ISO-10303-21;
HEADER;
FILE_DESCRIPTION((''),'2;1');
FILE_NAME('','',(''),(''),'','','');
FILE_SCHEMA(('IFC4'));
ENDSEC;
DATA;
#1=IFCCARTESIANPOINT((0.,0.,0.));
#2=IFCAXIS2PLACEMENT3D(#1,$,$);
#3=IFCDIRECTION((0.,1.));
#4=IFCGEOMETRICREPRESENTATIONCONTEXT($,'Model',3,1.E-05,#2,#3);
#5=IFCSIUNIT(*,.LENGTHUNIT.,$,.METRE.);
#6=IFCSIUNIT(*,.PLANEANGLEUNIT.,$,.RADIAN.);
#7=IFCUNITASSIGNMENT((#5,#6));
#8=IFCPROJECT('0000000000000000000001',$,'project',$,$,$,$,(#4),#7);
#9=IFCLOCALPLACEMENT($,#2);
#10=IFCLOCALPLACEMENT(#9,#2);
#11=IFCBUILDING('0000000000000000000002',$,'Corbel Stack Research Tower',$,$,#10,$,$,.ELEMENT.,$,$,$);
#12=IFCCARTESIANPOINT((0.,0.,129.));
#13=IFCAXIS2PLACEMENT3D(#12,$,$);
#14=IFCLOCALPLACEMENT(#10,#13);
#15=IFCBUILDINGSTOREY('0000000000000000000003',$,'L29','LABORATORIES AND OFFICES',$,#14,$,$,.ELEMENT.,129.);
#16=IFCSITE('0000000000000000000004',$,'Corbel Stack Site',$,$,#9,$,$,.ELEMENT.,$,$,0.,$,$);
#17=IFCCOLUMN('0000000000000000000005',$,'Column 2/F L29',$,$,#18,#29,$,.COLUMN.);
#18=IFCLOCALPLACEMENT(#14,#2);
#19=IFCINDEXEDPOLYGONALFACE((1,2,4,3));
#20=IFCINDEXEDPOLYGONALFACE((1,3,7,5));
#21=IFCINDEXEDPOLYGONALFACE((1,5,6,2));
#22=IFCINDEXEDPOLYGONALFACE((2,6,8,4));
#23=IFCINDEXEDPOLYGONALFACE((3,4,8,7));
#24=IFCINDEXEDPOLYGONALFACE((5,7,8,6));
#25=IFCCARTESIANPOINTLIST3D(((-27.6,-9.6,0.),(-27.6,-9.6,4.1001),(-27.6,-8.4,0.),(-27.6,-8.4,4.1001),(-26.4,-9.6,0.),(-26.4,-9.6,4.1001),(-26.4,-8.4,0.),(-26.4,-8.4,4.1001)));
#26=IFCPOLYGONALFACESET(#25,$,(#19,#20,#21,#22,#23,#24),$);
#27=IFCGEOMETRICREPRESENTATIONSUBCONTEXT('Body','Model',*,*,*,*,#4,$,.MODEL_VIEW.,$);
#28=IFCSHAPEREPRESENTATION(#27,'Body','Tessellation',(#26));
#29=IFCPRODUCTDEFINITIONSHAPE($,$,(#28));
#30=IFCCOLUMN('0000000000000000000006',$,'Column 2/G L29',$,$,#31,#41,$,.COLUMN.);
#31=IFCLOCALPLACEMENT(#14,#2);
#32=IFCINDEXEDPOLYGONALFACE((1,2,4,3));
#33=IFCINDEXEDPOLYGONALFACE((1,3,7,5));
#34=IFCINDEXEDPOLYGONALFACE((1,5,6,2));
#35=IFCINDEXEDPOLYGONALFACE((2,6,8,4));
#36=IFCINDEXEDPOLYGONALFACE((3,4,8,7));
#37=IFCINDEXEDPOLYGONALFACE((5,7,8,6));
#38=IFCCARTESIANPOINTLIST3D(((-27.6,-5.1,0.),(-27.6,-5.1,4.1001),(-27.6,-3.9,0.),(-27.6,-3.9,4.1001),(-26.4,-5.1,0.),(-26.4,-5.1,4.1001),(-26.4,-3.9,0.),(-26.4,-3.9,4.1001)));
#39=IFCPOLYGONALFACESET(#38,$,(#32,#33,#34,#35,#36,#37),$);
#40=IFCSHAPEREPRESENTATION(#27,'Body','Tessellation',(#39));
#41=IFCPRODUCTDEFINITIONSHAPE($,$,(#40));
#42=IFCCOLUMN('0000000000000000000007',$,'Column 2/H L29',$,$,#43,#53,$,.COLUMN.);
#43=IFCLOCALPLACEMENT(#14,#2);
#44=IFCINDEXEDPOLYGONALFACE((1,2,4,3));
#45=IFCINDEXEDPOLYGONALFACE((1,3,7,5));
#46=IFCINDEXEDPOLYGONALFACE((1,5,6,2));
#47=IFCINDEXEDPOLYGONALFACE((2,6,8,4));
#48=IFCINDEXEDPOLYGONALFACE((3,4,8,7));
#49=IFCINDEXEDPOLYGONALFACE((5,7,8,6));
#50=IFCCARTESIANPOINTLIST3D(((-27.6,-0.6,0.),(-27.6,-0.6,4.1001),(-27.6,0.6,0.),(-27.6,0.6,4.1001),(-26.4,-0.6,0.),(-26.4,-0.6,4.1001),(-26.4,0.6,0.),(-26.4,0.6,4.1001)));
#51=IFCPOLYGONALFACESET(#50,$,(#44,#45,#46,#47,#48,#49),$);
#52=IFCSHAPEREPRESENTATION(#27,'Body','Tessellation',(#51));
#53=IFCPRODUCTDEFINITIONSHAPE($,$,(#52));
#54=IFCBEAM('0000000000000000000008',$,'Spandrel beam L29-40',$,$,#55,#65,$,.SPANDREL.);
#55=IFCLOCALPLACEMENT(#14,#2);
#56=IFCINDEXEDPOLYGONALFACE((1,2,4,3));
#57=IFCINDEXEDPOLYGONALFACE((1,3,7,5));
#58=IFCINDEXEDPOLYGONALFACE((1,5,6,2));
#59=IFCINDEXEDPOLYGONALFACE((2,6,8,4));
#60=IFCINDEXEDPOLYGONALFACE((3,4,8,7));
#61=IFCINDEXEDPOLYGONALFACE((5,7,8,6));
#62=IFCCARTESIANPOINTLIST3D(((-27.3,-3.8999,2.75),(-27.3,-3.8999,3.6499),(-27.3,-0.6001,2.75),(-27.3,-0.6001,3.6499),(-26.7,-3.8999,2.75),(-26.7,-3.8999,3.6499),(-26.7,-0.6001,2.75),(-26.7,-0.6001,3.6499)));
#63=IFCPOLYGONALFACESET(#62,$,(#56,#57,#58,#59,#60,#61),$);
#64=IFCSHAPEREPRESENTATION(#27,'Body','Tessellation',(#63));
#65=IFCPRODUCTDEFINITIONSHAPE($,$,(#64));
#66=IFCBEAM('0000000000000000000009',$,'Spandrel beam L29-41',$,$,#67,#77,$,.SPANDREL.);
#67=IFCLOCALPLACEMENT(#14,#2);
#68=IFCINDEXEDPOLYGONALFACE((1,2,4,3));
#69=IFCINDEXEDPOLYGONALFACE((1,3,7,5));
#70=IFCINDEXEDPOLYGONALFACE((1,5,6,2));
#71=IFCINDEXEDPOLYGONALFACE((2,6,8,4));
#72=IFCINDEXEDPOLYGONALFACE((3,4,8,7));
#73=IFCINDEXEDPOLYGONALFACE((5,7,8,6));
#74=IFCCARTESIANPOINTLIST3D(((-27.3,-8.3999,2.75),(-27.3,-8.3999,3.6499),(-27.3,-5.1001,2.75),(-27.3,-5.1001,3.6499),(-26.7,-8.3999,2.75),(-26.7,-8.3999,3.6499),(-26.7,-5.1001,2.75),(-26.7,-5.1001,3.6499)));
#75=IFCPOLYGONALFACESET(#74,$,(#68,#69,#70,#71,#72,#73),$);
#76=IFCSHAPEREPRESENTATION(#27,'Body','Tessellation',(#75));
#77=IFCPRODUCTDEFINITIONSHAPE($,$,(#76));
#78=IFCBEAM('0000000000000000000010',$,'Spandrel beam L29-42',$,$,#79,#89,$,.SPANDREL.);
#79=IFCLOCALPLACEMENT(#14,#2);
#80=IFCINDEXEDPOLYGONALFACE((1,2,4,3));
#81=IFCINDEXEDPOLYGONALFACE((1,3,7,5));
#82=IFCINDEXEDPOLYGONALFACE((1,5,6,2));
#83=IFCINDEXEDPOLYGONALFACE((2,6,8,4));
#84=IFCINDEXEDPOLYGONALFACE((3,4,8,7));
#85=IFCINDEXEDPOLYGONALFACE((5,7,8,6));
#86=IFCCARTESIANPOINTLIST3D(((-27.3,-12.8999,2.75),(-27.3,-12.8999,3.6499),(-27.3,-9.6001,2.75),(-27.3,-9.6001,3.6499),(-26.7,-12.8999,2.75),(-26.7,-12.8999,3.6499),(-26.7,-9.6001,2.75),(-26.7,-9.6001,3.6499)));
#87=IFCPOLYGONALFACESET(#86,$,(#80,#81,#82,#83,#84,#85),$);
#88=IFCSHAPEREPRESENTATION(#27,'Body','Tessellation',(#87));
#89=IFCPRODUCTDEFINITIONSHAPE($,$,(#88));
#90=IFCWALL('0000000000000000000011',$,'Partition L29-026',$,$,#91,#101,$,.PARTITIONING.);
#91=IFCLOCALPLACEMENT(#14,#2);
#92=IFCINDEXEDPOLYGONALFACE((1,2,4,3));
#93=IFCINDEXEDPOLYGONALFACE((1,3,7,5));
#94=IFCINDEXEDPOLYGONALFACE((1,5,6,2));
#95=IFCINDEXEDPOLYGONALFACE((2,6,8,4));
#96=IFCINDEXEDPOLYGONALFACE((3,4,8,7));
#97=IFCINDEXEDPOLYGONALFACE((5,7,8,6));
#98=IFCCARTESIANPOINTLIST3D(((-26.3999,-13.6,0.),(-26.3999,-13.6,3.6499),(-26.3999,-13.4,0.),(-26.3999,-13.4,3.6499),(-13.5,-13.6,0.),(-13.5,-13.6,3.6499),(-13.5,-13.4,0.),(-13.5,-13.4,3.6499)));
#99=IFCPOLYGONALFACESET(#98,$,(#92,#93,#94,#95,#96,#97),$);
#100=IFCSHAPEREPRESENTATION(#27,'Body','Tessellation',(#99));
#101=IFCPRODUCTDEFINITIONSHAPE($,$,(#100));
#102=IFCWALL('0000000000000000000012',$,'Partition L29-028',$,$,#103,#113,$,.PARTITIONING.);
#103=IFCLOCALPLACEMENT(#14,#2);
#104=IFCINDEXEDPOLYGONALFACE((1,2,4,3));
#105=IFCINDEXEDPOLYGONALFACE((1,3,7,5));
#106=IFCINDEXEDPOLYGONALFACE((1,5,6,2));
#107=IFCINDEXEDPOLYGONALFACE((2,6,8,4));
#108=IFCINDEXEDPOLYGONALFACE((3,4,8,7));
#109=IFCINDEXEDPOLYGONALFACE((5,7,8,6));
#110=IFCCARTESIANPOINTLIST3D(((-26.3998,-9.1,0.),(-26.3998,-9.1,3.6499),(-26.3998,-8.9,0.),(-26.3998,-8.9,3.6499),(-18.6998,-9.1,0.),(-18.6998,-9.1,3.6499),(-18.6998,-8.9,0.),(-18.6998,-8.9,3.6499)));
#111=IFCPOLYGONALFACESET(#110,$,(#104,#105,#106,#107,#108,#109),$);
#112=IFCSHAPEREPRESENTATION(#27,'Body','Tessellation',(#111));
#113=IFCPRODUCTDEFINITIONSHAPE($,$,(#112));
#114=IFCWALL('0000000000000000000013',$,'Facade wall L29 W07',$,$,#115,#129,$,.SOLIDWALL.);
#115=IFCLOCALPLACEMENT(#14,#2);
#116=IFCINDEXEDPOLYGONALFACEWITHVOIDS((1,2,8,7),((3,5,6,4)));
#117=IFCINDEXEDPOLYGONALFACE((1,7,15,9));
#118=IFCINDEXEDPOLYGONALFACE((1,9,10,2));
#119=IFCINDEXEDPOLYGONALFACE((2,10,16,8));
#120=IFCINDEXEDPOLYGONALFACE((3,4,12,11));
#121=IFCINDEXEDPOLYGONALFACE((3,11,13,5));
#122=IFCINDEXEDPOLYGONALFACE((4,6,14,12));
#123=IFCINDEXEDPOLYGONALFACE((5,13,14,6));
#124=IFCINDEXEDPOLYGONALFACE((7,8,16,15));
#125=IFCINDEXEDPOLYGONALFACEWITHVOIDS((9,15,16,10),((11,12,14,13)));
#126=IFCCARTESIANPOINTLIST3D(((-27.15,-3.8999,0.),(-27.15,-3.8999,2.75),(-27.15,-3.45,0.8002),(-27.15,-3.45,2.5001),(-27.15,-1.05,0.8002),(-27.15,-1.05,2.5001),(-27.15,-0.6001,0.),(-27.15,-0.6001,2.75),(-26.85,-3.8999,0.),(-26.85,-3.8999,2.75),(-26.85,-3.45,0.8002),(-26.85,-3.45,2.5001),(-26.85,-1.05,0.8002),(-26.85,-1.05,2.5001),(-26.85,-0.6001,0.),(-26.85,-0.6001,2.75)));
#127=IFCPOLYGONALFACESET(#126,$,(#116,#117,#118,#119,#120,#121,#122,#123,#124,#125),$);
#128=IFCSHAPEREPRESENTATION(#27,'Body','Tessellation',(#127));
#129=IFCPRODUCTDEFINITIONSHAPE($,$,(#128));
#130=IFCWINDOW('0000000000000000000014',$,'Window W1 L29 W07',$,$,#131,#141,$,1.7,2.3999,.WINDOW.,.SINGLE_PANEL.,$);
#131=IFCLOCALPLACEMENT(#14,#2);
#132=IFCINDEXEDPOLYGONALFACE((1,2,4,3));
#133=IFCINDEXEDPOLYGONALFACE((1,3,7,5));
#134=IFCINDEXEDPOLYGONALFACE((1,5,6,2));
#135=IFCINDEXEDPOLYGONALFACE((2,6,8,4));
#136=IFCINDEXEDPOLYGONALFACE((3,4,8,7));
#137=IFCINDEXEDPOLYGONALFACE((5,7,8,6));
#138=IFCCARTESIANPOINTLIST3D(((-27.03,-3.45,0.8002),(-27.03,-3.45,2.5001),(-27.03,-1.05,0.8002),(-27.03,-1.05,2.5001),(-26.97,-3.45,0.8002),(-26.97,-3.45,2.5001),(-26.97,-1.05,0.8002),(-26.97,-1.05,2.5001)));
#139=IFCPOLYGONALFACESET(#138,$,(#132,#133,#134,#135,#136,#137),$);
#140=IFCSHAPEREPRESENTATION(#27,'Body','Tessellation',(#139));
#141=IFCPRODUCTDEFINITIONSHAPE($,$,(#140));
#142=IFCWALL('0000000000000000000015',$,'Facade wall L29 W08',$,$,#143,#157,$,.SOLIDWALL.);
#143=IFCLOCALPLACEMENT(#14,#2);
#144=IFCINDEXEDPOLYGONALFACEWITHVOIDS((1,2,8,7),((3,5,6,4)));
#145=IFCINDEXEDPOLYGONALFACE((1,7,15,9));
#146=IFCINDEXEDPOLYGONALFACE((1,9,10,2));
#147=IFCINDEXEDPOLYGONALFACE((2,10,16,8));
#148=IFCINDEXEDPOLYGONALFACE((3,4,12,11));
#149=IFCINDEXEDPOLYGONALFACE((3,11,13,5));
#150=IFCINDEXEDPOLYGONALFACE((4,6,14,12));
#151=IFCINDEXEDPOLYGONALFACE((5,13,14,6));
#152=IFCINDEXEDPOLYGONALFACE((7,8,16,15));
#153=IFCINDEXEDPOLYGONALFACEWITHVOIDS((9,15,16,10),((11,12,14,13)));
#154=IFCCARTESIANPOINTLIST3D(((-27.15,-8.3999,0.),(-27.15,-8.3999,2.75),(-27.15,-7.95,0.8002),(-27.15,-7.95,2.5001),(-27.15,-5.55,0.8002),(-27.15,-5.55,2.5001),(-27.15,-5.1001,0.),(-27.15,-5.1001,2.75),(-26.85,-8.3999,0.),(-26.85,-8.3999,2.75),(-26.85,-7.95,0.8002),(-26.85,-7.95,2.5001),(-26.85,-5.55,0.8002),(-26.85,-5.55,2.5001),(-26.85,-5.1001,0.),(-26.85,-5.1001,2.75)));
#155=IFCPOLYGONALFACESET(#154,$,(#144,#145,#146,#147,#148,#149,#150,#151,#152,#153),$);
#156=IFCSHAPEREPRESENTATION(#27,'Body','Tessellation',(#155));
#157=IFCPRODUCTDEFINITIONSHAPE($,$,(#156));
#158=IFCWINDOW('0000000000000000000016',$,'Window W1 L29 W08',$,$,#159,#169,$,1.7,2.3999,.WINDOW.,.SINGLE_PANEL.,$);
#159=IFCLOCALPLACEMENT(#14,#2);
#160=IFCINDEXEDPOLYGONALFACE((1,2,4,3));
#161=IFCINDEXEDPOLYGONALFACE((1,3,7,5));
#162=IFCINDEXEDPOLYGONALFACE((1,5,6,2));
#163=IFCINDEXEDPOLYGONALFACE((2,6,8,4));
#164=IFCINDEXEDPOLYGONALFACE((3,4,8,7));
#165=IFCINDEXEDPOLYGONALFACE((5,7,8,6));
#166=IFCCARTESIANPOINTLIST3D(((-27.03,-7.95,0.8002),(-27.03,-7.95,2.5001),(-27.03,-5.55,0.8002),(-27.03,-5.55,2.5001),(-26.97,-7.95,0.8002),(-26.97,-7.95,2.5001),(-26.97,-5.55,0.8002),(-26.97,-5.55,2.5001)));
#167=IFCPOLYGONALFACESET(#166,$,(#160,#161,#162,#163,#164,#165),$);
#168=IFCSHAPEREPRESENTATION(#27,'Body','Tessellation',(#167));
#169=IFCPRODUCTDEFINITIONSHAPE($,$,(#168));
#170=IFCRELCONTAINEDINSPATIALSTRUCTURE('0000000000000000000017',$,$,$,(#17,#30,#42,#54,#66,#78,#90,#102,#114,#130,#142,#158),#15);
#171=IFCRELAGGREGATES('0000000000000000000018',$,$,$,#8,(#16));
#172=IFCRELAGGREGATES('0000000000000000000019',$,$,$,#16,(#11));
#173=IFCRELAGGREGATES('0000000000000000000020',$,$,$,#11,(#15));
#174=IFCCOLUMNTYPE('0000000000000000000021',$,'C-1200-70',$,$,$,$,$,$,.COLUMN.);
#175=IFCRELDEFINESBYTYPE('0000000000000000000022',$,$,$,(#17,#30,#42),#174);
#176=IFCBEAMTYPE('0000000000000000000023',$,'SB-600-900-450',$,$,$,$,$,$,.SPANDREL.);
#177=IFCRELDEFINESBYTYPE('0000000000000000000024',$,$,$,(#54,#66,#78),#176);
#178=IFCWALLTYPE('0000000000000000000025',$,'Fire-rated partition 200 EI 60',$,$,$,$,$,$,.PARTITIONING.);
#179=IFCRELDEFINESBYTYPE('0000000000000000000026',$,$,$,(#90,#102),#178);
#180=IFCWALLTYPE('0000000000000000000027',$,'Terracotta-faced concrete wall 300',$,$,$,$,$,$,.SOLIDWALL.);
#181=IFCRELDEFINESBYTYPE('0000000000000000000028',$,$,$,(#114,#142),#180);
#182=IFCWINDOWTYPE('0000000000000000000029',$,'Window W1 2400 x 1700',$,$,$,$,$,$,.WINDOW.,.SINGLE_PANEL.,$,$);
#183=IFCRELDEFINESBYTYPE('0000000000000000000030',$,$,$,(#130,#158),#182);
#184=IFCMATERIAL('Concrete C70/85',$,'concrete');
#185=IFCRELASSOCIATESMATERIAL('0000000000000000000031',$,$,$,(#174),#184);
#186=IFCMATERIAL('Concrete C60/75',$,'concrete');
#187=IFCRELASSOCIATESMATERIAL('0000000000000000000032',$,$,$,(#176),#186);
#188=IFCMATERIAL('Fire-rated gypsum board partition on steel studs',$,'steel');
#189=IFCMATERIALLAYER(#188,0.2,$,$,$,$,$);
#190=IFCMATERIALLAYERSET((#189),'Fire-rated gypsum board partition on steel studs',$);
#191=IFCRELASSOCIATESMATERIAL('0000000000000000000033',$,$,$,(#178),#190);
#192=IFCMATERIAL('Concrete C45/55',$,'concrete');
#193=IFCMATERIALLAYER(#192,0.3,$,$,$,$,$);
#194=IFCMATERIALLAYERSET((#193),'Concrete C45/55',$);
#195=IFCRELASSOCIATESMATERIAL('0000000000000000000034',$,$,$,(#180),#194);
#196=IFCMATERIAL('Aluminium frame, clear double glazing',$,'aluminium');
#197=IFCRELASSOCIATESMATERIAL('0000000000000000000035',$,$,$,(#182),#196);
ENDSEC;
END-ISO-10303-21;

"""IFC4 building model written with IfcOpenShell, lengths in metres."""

from ifc_helpers import new_model, si_unit, direction, frame, frame_2d, origin, origin_2d, place, context, subcontext, project, spatial, rectangle, extrude, material, layer, layer_set, material_profile, profile_set, type_object, element, fill, save


model = new_model("IFC4")

# Units and contexts
model_context = context("Model", 3, precision=1e-05, world=origin(), true_north=direction((0.0, 1.0)))
body_context = subcontext(model_context, "Body", "Model", "MODEL_VIEW")
ifc_project = project(units=[si_unit("LENGTHUNIT", "METRE"), si_unit("PLANEANGLEUNIT", "RADIAN")], contexts=[model_context])

# Site, building, storey
site_placement = place(None, origin())
site = spatial("IfcSite", under=ifc_project, at=site_placement, Name="Corbel Stack Site", CompositionType="ELEMENT", RefElevation=0.0)
building_placement = place(site_placement, origin())
building = spatial("IfcBuilding", under=site, at=building_placement, Name="Corbel Stack Research Tower", CompositionType="ELEMENT")
storey_placement = place(building_placement, frame((0.0, 0.0, 129.0)))
storey = spatial("IfcBuildingStorey", under=building, at=storey_placement, Name="L29", Description="LABORATORIES AND OFFICES", CompositionType="ELEMENT", Elevation=129.0)

# Columns
ifc_material_1 = material(Name="Concrete C70/85", Category="concrete")
ifc_material_profile_1 = material_profile(ifc_material_1, rectangle(XDim=1.2, YDim=1.2, at=origin_2d()), Name="RC 1200 x 1200")
ifc_profile_set_1 = profile_set([ifc_material_profile_1], Name="Concrete C70/85")
column_type = type_object("IfcColumnType", Name="C-1200-70", PredefinedType="COLUMN", material=ifc_profile_set_1)
for number, where, z_axis, x_axis, name in (
    (1, (-27.0, -9.0, 0.0), (0.0, 0.0, 1.0), (1.0, 0.0, 0.0), "Column 2/F L29"),
    (2, (-27.0, -4.5, 0.0), (0.0, 0.0, 1.0), (1.0, 0.0, 0.0), "Column 2/G L29"),
    (3, (-27.0, 0.0, 0.0), (0.0, 0.0, 1.0), (1.0, 0.0, 0.0), "Column 2/H L29"),
):
    element("IfcColumn", number, at=place(storey_placement, frame(where, z_axis=z_axis, x_axis=x_axis)), inside=storey, type_object=column_type, Name=name, PredefinedType="COLUMN", context=body_context, shape_type="SweptSolid", body=[
        extrude(rectangle(XDim=1.2, YDim=1.2, at=origin_2d()), origin(), (0.0, 0.0, 1.0), 4.1001),
    ])

# Beams
ifc_material_2 = material(Name="Concrete C60/75", Category="concrete")
ifc_material_profile_2 = material_profile(ifc_material_2, rectangle(XDim=0.6001, YDim=0.8999, at=origin_2d()), Name="RC 600 x 900")
ifc_profile_set_2 = profile_set([ifc_material_profile_2], Name="Concrete C60/75")
beam_type = type_object("IfcBeamType", Name="SB-600-900-450", PredefinedType="SPANDREL", material=ifc_profile_set_2)
for number, where, z_axis, x_axis, name in (
    (4, (-27.0, -0.6001, 3.2), (0.0, -1.0, 0.0), (1.0, 0.0, 0.0), "Spandrel beam L29-40"),
    (5, (-27.0, -5.1001, 3.2), (0.0, -1.0, 0.0), (1.0, 0.0, 0.0), "Spandrel beam L29-41"),
    (6, (-27.0, -9.6001, 3.2), (0.0, -1.0, 0.0), (1.0, 0.0, 0.0), "Spandrel beam L29-42"),
):
    element("IfcBeam", number, at=place(storey_placement, frame(where, z_axis=z_axis, x_axis=x_axis)), inside=storey, type_object=beam_type, Name=name, PredefinedType="SPANDREL", context=body_context, shape_type="SweptSolid", body=[
        extrude(rectangle(XDim=0.6001, YDim=0.8999, at=origin_2d()), origin(), (0.0, 0.0, 1.0), 3.2998),
    ])

# Walls
ifc_material_3 = material(Name="Fire-rated gypsum board partition on steel studs", Category="steel")
ifc_layer_1 = layer(ifc_material_3, 0.2)
ifc_layer_set_1 = layer_set([ifc_layer_1], Name="Fire-rated gypsum board partition on steel studs")
wall_type_1 = type_object("IfcWallType", Name="Fire-rated partition 200 EI 60", PredefinedType="PARTITIONING", material=ifc_layer_set_1)
wall_1_placement = place(storey_placement, frame((-26.3999, -13.5, 0.0), z_axis=(0.0, 0.0, 1.0), x_axis=(1.0, 0.0, 0.0)))
element("IfcWall", 7, at=wall_1_placement, inside=storey, type_object=wall_type_1, Name="Partition L29-026", PredefinedType="PARTITIONING", context=body_context, shape_type="SweptSolid", body=[
    extrude(rectangle(XDim=12.8999, YDim=0.2, at=frame_2d((6.45, 0.0))), origin(), (0.0, 0.0, 1.0), 3.6499),
])
wall_2_placement = place(storey_placement, frame((-26.3999, -9.0, 0.0), z_axis=(0.0, 0.0, 1.0), x_axis=(1.0, 0.0, 0.0)))
element("IfcWall", 8, at=wall_2_placement, inside=storey, type_object=wall_type_1, Name="Partition L29-028", PredefinedType="PARTITIONING", context=body_context, shape_type="SweptSolid", body=[
    extrude(rectangle(XDim=7.7, YDim=0.2, at=frame_2d((3.8501, 0.0))), origin(), (0.0, 0.0, 1.0), 3.6499),
])

# Walls, openings, windows
ifc_material_4 = material(Name="Concrete C45/55", Category="concrete")
ifc_layer_2 = layer(ifc_material_4, 0.3)
ifc_layer_set_2 = layer_set([ifc_layer_2], Name="Concrete C45/55")
wall_type_2 = type_object("IfcWallType", Name="Terracotta-faced concrete wall 300", PredefinedType="SOLIDWALL", material=ifc_layer_set_2)
wall_3_placement = place(storey_placement, frame((-27.0, -3.8999, 0.0), z_axis=(0.0, 0.0, 1.0), x_axis=(0.0, 1.0, 0.0)))
wall_3 = element("IfcWall", 9, at=wall_3_placement, inside=storey, type_object=wall_type_2, Name="Facade wall L29 W07", PredefinedType="SOLIDWALL", context=body_context, shape_type="SweptSolid", body=[
    extrude(rectangle(XDim=3.2998, YDim=0.3, at=frame_2d((1.6499, 0.0))), origin(), (0.0, 0.0, 1.0), 2.75),
])
opening_1_placement = place(wall_3_placement, frame((0.45, 0.0, 0.8)))
opening_1 = element("IfcOpeningElement", 10, at=opening_1_placement, cuts=wall_3, PredefinedType="OPENING", context=body_context, shape_type="SweptSolid", body=[
    extrude(rectangle(XDim=2.3999, YDim=1.7, at=frame_2d((1.2, 0.8501))), frame((0.0, 0.1599, 0.0), z_axis=(0.0, -1.0, 0.0), x_axis=(1.0, 0.0, 0.0)), (0.0, 0.0, 1.0), 0.3201),
])
ifc_material_5 = material(Name="Aluminium frame, clear double glazing", Category="aluminium")
window_type = type_object("IfcWindowType", Name="Window W1 2400 x 1700", PartitioningType="SINGLE_PANEL", PredefinedType="WINDOW", material=ifc_material_5)
window_1_placement = place(opening_1_placement, origin())
window_1 = element("IfcWindow", 11, at=window_1_placement, inside=storey, type_object=window_type, Name="Window W1 L29 W07", OverallHeight=1.7, OverallWidth=2.3999, PartitioningType="SINGLE_PANEL", PredefinedType="WINDOW", context=body_context, shape_type="SweptSolid", body=[
    extrude(rectangle(XDim=2.3999, YDim=1.7, at=frame_2d((1.2, 0.8501))), frame((0.0, 0.03, 0.0), z_axis=(0.0, -1.0, 0.0), x_axis=(1.0, 0.0, 0.0)), (0.0, 0.0, 1.0), 0.0601),
])
fill(opening_1, window_1)
wall_4_placement = place(storey_placement, frame((-27.0, -8.3999, 0.0), z_axis=(0.0, 0.0, 1.0), x_axis=(0.0, 1.0, 0.0)))
wall_4 = element("IfcWall", 12, at=wall_4_placement, inside=storey, type_object=wall_type_2, Name="Facade wall L29 W08", PredefinedType="SOLIDWALL", context=body_context, shape_type="SweptSolid", body=[
    extrude(rectangle(XDim=3.2998, YDim=0.3, at=frame_2d((1.6499, 0.0))), origin(), (0.0, 0.0, 1.0), 2.75),
])
opening_2_placement = place(wall_4_placement, frame((0.45, 0.0, 0.8)))
opening_2 = element("IfcOpeningElement", 13, at=opening_2_placement, cuts=wall_4, PredefinedType="OPENING", context=body_context, shape_type="SweptSolid", body=[
    extrude(rectangle(XDim=2.3999, YDim=1.7, at=frame_2d((1.2, 0.8501))), frame((0.0, 0.1599, 0.0), z_axis=(0.0, -1.0, 0.0), x_axis=(1.0, 0.0, 0.0)), (0.0, 0.0, 1.0), 0.3201),
])
window_2_placement = place(opening_2_placement, origin())
window_2 = element("IfcWindow", 14, at=window_2_placement, inside=storey, type_object=window_type, Name="Window W1 L29 W08", OverallHeight=1.7, OverallWidth=2.3999, PartitioningType="SINGLE_PANEL", PredefinedType="WINDOW", context=body_context, shape_type="SweptSolid", body=[
    extrude(rectangle(XDim=2.3999, YDim=1.7, at=frame_2d((1.2, 0.8501))), frame((0.0, 0.03, 0.0), z_axis=(0.0, -1.0, 0.0), x_axis=(1.0, 0.0, 0.0)), (0.0, 0.0, 1.0), 0.0601),
])
fill(opening_2, window_2)

save(model, "model.ifc")
